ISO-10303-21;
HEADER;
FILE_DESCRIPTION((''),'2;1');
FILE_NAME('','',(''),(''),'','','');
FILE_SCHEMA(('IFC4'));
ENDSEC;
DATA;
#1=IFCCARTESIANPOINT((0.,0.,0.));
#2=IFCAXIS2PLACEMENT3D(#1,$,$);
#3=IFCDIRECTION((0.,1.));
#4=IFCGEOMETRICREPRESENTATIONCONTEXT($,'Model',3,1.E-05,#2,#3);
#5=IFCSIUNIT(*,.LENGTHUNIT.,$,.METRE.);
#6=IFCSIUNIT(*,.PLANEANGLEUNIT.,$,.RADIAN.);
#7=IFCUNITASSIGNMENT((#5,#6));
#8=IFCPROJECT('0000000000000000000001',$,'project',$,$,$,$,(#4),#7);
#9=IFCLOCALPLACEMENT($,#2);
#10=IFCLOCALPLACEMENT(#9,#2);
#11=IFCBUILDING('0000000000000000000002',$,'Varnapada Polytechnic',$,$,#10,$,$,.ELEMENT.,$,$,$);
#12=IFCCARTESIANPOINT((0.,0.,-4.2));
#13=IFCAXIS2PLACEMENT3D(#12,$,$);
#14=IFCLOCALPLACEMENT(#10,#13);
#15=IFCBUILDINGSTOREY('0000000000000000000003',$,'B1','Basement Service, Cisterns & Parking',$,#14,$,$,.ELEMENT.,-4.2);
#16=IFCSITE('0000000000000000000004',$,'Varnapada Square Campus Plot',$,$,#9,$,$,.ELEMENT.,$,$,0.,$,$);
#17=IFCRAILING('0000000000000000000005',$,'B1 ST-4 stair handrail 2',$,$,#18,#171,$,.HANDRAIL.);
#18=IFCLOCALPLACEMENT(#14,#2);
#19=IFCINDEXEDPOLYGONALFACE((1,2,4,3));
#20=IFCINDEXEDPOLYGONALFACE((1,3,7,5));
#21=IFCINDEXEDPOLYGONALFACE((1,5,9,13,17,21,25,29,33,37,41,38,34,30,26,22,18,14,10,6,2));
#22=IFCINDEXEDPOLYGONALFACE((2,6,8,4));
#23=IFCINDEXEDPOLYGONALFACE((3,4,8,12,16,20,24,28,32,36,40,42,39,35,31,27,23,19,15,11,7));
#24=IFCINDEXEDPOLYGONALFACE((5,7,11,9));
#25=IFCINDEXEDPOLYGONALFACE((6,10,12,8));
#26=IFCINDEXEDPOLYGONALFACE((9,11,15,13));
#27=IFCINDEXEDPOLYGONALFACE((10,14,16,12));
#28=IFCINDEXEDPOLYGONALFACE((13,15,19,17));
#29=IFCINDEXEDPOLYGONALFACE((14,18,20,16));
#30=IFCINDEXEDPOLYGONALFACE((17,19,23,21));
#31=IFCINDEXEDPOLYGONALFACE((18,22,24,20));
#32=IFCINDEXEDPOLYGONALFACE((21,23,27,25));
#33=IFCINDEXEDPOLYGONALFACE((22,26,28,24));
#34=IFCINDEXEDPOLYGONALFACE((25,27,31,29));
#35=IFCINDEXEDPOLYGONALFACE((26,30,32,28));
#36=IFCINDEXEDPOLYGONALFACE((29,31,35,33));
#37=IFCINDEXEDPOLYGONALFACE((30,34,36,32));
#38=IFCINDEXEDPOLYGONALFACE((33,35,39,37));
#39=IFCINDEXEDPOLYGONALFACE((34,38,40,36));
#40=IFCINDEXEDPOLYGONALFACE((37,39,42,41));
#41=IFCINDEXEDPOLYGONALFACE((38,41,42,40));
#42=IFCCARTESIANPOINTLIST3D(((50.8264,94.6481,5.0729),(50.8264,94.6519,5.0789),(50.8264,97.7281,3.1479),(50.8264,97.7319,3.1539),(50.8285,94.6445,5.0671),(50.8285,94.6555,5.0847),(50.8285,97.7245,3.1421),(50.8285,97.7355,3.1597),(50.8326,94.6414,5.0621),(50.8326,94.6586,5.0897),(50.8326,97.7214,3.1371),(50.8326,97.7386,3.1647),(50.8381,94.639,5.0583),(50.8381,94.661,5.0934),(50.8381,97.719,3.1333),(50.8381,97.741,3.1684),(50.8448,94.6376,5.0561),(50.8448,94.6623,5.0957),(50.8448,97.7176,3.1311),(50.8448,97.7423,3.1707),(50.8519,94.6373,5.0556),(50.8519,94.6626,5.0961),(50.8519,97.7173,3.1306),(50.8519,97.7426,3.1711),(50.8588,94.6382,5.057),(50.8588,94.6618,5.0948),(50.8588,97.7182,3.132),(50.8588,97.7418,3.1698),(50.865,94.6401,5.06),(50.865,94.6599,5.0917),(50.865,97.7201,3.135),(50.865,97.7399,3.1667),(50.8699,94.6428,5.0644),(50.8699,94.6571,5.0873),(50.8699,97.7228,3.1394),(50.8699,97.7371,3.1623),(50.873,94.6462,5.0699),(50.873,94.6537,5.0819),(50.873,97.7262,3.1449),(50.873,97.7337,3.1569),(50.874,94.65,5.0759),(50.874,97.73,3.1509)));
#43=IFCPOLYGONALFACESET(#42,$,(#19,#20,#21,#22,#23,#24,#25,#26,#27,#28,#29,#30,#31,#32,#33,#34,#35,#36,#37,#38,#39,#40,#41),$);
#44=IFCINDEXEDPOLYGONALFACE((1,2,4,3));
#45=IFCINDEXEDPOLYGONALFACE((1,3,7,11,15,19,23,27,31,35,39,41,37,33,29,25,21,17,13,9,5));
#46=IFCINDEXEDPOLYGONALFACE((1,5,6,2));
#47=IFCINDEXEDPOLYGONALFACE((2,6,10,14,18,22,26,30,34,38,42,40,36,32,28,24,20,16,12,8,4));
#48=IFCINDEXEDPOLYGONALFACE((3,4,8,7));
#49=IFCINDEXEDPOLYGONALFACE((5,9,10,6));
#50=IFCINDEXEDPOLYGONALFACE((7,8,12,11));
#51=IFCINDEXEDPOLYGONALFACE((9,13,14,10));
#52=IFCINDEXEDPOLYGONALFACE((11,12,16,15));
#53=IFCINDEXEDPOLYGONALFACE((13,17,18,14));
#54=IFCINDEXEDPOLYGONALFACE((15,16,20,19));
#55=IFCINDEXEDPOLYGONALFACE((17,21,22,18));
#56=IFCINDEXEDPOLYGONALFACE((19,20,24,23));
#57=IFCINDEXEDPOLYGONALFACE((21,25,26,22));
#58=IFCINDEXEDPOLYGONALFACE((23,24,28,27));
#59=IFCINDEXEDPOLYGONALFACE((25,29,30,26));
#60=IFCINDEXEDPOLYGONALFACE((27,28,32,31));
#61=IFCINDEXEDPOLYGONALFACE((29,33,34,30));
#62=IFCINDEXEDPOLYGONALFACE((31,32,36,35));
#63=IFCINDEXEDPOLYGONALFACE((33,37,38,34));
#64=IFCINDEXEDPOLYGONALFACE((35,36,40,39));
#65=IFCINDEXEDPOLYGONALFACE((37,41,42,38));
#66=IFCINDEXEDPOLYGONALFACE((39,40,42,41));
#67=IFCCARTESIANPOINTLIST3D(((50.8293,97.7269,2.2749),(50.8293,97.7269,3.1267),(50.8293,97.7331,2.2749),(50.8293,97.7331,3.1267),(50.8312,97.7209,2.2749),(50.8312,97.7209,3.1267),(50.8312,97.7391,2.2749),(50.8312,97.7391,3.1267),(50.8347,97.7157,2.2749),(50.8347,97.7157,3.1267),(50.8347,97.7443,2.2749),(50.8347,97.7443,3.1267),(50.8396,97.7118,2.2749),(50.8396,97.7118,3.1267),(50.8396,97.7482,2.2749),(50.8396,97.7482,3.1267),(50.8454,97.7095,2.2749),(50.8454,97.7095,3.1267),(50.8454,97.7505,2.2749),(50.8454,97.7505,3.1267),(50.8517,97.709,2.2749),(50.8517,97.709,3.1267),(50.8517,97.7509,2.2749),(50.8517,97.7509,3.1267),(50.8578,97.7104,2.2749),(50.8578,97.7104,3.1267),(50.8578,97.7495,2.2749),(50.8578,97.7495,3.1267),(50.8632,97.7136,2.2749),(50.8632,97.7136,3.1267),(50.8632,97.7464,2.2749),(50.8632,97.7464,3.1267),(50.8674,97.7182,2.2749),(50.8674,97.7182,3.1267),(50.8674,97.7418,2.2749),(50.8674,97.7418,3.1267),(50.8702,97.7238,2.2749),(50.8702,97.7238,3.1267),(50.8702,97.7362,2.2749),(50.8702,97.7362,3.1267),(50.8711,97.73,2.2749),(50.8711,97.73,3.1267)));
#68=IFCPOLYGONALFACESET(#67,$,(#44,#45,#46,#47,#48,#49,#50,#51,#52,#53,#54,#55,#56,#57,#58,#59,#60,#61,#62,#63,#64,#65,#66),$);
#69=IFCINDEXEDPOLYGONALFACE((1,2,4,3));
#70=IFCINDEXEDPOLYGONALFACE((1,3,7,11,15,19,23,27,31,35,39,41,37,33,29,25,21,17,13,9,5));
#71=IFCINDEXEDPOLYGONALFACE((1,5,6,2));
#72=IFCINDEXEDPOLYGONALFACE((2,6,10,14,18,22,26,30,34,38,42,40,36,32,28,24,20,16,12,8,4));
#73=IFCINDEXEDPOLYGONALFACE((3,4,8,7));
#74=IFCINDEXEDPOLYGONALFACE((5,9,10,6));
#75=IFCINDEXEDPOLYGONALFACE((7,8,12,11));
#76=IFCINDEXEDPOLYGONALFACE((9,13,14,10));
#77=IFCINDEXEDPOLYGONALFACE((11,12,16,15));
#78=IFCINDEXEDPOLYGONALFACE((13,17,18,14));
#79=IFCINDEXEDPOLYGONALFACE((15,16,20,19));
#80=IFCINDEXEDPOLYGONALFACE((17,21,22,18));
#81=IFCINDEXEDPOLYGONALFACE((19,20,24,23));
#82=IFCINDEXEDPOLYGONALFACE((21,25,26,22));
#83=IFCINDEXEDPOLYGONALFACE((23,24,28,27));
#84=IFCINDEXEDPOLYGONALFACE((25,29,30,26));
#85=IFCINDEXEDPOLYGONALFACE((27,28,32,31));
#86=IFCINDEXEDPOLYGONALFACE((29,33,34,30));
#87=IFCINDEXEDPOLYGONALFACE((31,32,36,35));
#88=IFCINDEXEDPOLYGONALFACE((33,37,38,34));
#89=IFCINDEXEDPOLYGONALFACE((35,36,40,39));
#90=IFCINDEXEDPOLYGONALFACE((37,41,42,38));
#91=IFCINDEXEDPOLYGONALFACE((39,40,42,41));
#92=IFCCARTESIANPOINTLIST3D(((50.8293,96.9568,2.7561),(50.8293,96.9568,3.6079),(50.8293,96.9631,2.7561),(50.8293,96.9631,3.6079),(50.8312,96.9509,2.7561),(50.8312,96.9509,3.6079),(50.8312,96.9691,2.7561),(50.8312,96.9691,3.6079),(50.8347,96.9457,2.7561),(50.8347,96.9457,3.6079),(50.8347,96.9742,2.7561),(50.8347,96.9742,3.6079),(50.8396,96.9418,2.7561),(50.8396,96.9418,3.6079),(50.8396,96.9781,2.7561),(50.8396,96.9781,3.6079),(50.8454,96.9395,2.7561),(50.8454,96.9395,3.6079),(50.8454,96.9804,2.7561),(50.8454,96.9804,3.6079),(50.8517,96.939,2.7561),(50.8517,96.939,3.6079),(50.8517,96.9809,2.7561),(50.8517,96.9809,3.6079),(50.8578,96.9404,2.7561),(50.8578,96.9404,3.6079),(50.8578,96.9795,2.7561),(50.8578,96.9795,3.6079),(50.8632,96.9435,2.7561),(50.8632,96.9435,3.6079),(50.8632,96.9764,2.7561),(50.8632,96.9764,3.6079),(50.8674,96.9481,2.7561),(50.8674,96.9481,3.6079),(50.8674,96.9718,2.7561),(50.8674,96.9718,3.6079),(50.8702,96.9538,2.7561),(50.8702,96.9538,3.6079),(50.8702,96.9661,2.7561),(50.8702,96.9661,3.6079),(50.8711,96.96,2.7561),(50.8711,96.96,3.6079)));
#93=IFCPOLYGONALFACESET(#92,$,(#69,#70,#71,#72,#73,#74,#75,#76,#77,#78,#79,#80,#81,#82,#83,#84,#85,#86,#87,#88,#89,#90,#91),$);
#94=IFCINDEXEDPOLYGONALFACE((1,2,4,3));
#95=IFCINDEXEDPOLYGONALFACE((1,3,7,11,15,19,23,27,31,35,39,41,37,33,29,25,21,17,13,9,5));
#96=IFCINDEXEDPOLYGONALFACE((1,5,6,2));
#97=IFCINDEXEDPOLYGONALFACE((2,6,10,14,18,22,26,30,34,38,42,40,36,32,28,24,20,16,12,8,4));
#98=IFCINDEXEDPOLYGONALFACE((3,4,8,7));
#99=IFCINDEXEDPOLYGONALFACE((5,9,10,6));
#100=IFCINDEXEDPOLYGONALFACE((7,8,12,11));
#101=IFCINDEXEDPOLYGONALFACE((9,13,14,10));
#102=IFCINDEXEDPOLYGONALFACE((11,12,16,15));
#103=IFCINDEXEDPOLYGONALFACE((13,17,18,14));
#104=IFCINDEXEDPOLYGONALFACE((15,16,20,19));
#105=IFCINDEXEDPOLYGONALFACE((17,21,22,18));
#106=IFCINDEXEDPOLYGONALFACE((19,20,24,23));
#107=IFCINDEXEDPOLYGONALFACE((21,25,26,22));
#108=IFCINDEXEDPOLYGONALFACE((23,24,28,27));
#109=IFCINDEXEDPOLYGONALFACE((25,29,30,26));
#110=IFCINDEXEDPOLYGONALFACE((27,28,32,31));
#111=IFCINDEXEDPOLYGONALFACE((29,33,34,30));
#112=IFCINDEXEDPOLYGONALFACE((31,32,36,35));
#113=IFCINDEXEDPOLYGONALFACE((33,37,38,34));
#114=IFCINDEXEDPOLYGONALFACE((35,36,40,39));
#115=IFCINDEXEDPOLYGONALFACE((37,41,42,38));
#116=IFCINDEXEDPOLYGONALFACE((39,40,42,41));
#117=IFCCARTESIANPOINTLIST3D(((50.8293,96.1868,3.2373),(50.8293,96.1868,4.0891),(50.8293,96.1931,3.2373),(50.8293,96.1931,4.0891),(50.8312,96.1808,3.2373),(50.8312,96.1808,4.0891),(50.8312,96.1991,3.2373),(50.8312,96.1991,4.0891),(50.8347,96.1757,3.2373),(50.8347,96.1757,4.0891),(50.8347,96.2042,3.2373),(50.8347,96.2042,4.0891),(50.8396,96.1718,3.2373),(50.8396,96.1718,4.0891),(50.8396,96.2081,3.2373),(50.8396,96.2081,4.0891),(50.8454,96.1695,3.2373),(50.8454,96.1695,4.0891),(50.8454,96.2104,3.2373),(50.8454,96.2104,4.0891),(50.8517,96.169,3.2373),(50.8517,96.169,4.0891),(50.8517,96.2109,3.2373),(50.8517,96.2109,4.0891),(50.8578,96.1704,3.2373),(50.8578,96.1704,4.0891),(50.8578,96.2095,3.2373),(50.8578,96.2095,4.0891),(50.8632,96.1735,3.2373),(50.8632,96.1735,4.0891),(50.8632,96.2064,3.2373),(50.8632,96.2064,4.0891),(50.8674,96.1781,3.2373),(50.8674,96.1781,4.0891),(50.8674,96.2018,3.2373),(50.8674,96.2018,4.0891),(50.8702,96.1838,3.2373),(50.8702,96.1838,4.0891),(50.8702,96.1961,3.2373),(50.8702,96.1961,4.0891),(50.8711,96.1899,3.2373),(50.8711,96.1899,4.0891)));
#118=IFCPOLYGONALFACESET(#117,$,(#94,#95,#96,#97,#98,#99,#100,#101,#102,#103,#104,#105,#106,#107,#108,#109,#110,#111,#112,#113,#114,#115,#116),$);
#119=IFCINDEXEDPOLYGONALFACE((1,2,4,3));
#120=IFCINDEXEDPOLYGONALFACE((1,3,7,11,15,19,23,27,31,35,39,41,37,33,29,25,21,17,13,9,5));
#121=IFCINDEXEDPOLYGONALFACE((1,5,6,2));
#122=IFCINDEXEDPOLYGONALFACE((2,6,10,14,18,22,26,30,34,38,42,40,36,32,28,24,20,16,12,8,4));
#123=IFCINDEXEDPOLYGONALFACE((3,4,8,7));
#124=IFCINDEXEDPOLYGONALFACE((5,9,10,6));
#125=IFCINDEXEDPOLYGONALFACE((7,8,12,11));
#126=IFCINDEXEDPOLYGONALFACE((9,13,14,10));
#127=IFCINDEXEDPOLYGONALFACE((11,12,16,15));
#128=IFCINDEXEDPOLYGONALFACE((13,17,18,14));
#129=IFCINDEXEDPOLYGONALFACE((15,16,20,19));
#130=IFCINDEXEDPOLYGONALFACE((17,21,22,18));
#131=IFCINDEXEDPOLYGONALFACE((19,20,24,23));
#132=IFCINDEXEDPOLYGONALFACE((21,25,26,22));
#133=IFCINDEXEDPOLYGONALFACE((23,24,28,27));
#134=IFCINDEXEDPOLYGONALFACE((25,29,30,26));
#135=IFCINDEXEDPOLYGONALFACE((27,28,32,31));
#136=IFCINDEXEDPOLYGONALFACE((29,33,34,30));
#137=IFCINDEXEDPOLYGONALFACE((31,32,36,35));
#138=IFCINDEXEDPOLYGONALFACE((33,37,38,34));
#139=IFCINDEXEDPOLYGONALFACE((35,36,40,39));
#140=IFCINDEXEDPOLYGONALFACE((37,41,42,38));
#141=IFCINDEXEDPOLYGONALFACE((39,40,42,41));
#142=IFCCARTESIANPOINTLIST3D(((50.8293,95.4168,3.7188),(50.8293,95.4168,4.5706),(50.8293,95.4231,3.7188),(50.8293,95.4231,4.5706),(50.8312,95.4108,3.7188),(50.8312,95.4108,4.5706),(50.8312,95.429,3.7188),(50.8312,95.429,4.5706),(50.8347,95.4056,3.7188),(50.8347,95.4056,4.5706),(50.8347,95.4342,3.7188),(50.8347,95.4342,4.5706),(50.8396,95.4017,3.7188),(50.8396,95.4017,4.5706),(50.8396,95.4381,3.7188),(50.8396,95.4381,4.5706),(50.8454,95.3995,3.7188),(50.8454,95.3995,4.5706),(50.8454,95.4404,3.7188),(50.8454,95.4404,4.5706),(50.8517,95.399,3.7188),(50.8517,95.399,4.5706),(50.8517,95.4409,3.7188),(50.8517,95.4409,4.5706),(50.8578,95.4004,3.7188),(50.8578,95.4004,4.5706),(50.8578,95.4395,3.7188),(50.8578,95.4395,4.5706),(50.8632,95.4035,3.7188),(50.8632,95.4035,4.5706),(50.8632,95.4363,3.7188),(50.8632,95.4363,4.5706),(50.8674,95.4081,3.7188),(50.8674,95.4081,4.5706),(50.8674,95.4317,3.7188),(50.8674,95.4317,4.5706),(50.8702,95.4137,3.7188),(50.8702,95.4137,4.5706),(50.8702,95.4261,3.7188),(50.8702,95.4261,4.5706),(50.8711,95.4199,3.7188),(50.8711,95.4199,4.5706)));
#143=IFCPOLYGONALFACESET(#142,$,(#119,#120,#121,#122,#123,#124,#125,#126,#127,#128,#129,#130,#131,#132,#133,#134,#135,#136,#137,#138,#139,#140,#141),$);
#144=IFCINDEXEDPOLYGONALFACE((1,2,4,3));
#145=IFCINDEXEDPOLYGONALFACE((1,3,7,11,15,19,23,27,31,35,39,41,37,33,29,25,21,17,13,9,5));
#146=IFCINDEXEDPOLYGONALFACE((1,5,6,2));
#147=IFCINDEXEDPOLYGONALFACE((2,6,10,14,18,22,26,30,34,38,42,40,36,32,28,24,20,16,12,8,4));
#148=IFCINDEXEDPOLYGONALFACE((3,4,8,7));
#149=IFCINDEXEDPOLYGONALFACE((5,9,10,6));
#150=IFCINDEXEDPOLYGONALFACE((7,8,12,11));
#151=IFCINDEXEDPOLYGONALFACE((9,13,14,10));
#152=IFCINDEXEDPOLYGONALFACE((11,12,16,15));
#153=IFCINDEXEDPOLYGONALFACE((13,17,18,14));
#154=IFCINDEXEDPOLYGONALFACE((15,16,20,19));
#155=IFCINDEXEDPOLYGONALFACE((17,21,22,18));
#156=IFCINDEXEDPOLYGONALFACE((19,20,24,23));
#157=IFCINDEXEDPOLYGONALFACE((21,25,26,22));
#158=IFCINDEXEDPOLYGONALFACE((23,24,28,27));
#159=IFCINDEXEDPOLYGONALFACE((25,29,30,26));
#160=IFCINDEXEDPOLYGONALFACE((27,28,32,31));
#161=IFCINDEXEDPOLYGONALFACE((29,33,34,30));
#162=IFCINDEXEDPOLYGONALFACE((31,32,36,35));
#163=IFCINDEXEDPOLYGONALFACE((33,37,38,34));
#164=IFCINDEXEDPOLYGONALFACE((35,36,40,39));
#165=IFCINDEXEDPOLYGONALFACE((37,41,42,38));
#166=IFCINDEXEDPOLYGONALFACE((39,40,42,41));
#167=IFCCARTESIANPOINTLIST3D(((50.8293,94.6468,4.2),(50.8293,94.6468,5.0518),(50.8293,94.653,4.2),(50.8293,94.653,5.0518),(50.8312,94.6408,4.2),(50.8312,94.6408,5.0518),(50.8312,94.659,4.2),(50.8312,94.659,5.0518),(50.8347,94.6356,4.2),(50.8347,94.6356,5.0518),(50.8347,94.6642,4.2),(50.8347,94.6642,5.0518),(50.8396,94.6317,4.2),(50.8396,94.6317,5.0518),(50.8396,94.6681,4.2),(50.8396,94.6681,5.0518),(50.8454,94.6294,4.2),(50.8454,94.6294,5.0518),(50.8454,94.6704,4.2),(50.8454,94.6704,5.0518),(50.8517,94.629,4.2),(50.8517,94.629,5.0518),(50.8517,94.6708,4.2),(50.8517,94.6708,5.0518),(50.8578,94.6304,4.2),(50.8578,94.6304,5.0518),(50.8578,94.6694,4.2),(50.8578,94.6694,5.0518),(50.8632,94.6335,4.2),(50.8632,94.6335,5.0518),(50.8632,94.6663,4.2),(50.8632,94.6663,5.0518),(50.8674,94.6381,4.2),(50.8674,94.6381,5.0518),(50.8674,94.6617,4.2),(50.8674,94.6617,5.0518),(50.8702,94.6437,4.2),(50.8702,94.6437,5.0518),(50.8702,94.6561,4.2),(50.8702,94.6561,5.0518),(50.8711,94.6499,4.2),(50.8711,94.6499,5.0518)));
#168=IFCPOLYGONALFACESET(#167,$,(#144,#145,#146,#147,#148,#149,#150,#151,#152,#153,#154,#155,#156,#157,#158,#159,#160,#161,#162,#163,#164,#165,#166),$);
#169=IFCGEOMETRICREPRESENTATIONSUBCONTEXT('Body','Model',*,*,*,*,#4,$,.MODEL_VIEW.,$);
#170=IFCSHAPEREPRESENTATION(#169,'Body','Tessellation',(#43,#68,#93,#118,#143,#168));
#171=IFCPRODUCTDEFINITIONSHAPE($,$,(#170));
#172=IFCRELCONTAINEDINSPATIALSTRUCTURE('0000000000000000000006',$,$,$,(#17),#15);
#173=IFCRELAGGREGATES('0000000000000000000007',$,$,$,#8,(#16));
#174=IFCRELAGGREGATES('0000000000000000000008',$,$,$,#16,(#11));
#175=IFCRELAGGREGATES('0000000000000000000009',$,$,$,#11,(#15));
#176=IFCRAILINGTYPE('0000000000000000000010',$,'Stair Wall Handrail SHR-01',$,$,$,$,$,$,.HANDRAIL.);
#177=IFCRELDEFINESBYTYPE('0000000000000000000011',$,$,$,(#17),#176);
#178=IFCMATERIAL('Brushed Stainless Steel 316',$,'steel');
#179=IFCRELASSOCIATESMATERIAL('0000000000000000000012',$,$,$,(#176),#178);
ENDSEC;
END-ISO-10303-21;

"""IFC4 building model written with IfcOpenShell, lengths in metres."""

from ifc_helpers import new_model, si_unit, direction, frame, origin, origin_2d, place, context, subcontext, project, spatial, circle, extrude, material, type_object, element, save


model = new_model("IFC4")

# Units and contexts
model_context = context("Model", 3, precision=1e-05, world=origin(), true_north=direction((0.0, 1.0)))
body_context = subcontext(model_context, "Body", "Model", "MODEL_VIEW")
ifc_project = project(units=[si_unit("LENGTHUNIT", "METRE"), si_unit("PLANEANGLEUNIT", "RADIAN")], contexts=[model_context])

# Site, building, storey
site_placement = place(None, origin())
site = spatial("IfcSite", under=ifc_project, at=site_placement, Name="Varnapada Square Campus Plot", CompositionType="ELEMENT", RefElevation=0.0)
building_placement = place(site_placement, origin())
building = spatial("IfcBuilding", under=site, at=building_placement, Name="Varnapada Polytechnic", CompositionType="ELEMENT")
storey_placement = place(building_placement, frame((0.0, 0.0, -4.2)))
storey = spatial("IfcBuildingStorey", under=building, at=storey_placement, Name="B1", Description="Basement Service, Cisterns & Parking", CompositionType="ELEMENT", Elevation=-4.2)

# Railing
ifc_material_1 = material(Name="Brushed Stainless Steel 316", Category="steel")
railing_type = type_object("IfcRailingType", Name="Stair Wall Handrail SHR-01", PredefinedType="HANDRAIL", material=ifc_material_1)
railing_placement = place(storey_placement, frame((50.8501, 97.73, 2.2749)))
element("IfcRailing", 1, at=railing_placement, inside=storey, type_object=railing_type, Name="B1 ST-4 stair handrail 2", PredefinedType="HANDRAIL", context=body_context, shape_type="SweptSolid", body=[
    extrude(circle(Radius=0.0239, at=origin_2d()), frame((0.0, 0.0, 0.876), z_axis=(0.0, -0.847998, 0.529999), x_axis=(1.0, 0.0, 0.0)), (0.0, 0.0, 1.0), 3.6321),
    extrude(circle(Radius=0.021, at=origin_2d()), origin(), (0.0, 0.0, 1.0), 0.8518),
    extrude(circle(Radius=0.021, at=origin_2d()), frame((0.0, -0.77, 0.4812)), (0.0, 0.0, 1.0), 0.8518),
    extrude(circle(Radius=0.021, at=origin_2d()), frame((0.0, -1.54, 0.9624)), (0.0, 0.0, 1.0), 0.8518),
    extrude(circle(Radius=0.021, at=origin_2d()), frame((0.0, -2.3101, 1.4438)), (0.0, 0.0, 1.0), 0.8518),
    extrude(circle(Radius=0.021, at=origin_2d()), frame((0.0, -3.0801, 1.925)), (0.0, 0.0, 1.0), 0.8518),
])

save(model, "model.ifc")
